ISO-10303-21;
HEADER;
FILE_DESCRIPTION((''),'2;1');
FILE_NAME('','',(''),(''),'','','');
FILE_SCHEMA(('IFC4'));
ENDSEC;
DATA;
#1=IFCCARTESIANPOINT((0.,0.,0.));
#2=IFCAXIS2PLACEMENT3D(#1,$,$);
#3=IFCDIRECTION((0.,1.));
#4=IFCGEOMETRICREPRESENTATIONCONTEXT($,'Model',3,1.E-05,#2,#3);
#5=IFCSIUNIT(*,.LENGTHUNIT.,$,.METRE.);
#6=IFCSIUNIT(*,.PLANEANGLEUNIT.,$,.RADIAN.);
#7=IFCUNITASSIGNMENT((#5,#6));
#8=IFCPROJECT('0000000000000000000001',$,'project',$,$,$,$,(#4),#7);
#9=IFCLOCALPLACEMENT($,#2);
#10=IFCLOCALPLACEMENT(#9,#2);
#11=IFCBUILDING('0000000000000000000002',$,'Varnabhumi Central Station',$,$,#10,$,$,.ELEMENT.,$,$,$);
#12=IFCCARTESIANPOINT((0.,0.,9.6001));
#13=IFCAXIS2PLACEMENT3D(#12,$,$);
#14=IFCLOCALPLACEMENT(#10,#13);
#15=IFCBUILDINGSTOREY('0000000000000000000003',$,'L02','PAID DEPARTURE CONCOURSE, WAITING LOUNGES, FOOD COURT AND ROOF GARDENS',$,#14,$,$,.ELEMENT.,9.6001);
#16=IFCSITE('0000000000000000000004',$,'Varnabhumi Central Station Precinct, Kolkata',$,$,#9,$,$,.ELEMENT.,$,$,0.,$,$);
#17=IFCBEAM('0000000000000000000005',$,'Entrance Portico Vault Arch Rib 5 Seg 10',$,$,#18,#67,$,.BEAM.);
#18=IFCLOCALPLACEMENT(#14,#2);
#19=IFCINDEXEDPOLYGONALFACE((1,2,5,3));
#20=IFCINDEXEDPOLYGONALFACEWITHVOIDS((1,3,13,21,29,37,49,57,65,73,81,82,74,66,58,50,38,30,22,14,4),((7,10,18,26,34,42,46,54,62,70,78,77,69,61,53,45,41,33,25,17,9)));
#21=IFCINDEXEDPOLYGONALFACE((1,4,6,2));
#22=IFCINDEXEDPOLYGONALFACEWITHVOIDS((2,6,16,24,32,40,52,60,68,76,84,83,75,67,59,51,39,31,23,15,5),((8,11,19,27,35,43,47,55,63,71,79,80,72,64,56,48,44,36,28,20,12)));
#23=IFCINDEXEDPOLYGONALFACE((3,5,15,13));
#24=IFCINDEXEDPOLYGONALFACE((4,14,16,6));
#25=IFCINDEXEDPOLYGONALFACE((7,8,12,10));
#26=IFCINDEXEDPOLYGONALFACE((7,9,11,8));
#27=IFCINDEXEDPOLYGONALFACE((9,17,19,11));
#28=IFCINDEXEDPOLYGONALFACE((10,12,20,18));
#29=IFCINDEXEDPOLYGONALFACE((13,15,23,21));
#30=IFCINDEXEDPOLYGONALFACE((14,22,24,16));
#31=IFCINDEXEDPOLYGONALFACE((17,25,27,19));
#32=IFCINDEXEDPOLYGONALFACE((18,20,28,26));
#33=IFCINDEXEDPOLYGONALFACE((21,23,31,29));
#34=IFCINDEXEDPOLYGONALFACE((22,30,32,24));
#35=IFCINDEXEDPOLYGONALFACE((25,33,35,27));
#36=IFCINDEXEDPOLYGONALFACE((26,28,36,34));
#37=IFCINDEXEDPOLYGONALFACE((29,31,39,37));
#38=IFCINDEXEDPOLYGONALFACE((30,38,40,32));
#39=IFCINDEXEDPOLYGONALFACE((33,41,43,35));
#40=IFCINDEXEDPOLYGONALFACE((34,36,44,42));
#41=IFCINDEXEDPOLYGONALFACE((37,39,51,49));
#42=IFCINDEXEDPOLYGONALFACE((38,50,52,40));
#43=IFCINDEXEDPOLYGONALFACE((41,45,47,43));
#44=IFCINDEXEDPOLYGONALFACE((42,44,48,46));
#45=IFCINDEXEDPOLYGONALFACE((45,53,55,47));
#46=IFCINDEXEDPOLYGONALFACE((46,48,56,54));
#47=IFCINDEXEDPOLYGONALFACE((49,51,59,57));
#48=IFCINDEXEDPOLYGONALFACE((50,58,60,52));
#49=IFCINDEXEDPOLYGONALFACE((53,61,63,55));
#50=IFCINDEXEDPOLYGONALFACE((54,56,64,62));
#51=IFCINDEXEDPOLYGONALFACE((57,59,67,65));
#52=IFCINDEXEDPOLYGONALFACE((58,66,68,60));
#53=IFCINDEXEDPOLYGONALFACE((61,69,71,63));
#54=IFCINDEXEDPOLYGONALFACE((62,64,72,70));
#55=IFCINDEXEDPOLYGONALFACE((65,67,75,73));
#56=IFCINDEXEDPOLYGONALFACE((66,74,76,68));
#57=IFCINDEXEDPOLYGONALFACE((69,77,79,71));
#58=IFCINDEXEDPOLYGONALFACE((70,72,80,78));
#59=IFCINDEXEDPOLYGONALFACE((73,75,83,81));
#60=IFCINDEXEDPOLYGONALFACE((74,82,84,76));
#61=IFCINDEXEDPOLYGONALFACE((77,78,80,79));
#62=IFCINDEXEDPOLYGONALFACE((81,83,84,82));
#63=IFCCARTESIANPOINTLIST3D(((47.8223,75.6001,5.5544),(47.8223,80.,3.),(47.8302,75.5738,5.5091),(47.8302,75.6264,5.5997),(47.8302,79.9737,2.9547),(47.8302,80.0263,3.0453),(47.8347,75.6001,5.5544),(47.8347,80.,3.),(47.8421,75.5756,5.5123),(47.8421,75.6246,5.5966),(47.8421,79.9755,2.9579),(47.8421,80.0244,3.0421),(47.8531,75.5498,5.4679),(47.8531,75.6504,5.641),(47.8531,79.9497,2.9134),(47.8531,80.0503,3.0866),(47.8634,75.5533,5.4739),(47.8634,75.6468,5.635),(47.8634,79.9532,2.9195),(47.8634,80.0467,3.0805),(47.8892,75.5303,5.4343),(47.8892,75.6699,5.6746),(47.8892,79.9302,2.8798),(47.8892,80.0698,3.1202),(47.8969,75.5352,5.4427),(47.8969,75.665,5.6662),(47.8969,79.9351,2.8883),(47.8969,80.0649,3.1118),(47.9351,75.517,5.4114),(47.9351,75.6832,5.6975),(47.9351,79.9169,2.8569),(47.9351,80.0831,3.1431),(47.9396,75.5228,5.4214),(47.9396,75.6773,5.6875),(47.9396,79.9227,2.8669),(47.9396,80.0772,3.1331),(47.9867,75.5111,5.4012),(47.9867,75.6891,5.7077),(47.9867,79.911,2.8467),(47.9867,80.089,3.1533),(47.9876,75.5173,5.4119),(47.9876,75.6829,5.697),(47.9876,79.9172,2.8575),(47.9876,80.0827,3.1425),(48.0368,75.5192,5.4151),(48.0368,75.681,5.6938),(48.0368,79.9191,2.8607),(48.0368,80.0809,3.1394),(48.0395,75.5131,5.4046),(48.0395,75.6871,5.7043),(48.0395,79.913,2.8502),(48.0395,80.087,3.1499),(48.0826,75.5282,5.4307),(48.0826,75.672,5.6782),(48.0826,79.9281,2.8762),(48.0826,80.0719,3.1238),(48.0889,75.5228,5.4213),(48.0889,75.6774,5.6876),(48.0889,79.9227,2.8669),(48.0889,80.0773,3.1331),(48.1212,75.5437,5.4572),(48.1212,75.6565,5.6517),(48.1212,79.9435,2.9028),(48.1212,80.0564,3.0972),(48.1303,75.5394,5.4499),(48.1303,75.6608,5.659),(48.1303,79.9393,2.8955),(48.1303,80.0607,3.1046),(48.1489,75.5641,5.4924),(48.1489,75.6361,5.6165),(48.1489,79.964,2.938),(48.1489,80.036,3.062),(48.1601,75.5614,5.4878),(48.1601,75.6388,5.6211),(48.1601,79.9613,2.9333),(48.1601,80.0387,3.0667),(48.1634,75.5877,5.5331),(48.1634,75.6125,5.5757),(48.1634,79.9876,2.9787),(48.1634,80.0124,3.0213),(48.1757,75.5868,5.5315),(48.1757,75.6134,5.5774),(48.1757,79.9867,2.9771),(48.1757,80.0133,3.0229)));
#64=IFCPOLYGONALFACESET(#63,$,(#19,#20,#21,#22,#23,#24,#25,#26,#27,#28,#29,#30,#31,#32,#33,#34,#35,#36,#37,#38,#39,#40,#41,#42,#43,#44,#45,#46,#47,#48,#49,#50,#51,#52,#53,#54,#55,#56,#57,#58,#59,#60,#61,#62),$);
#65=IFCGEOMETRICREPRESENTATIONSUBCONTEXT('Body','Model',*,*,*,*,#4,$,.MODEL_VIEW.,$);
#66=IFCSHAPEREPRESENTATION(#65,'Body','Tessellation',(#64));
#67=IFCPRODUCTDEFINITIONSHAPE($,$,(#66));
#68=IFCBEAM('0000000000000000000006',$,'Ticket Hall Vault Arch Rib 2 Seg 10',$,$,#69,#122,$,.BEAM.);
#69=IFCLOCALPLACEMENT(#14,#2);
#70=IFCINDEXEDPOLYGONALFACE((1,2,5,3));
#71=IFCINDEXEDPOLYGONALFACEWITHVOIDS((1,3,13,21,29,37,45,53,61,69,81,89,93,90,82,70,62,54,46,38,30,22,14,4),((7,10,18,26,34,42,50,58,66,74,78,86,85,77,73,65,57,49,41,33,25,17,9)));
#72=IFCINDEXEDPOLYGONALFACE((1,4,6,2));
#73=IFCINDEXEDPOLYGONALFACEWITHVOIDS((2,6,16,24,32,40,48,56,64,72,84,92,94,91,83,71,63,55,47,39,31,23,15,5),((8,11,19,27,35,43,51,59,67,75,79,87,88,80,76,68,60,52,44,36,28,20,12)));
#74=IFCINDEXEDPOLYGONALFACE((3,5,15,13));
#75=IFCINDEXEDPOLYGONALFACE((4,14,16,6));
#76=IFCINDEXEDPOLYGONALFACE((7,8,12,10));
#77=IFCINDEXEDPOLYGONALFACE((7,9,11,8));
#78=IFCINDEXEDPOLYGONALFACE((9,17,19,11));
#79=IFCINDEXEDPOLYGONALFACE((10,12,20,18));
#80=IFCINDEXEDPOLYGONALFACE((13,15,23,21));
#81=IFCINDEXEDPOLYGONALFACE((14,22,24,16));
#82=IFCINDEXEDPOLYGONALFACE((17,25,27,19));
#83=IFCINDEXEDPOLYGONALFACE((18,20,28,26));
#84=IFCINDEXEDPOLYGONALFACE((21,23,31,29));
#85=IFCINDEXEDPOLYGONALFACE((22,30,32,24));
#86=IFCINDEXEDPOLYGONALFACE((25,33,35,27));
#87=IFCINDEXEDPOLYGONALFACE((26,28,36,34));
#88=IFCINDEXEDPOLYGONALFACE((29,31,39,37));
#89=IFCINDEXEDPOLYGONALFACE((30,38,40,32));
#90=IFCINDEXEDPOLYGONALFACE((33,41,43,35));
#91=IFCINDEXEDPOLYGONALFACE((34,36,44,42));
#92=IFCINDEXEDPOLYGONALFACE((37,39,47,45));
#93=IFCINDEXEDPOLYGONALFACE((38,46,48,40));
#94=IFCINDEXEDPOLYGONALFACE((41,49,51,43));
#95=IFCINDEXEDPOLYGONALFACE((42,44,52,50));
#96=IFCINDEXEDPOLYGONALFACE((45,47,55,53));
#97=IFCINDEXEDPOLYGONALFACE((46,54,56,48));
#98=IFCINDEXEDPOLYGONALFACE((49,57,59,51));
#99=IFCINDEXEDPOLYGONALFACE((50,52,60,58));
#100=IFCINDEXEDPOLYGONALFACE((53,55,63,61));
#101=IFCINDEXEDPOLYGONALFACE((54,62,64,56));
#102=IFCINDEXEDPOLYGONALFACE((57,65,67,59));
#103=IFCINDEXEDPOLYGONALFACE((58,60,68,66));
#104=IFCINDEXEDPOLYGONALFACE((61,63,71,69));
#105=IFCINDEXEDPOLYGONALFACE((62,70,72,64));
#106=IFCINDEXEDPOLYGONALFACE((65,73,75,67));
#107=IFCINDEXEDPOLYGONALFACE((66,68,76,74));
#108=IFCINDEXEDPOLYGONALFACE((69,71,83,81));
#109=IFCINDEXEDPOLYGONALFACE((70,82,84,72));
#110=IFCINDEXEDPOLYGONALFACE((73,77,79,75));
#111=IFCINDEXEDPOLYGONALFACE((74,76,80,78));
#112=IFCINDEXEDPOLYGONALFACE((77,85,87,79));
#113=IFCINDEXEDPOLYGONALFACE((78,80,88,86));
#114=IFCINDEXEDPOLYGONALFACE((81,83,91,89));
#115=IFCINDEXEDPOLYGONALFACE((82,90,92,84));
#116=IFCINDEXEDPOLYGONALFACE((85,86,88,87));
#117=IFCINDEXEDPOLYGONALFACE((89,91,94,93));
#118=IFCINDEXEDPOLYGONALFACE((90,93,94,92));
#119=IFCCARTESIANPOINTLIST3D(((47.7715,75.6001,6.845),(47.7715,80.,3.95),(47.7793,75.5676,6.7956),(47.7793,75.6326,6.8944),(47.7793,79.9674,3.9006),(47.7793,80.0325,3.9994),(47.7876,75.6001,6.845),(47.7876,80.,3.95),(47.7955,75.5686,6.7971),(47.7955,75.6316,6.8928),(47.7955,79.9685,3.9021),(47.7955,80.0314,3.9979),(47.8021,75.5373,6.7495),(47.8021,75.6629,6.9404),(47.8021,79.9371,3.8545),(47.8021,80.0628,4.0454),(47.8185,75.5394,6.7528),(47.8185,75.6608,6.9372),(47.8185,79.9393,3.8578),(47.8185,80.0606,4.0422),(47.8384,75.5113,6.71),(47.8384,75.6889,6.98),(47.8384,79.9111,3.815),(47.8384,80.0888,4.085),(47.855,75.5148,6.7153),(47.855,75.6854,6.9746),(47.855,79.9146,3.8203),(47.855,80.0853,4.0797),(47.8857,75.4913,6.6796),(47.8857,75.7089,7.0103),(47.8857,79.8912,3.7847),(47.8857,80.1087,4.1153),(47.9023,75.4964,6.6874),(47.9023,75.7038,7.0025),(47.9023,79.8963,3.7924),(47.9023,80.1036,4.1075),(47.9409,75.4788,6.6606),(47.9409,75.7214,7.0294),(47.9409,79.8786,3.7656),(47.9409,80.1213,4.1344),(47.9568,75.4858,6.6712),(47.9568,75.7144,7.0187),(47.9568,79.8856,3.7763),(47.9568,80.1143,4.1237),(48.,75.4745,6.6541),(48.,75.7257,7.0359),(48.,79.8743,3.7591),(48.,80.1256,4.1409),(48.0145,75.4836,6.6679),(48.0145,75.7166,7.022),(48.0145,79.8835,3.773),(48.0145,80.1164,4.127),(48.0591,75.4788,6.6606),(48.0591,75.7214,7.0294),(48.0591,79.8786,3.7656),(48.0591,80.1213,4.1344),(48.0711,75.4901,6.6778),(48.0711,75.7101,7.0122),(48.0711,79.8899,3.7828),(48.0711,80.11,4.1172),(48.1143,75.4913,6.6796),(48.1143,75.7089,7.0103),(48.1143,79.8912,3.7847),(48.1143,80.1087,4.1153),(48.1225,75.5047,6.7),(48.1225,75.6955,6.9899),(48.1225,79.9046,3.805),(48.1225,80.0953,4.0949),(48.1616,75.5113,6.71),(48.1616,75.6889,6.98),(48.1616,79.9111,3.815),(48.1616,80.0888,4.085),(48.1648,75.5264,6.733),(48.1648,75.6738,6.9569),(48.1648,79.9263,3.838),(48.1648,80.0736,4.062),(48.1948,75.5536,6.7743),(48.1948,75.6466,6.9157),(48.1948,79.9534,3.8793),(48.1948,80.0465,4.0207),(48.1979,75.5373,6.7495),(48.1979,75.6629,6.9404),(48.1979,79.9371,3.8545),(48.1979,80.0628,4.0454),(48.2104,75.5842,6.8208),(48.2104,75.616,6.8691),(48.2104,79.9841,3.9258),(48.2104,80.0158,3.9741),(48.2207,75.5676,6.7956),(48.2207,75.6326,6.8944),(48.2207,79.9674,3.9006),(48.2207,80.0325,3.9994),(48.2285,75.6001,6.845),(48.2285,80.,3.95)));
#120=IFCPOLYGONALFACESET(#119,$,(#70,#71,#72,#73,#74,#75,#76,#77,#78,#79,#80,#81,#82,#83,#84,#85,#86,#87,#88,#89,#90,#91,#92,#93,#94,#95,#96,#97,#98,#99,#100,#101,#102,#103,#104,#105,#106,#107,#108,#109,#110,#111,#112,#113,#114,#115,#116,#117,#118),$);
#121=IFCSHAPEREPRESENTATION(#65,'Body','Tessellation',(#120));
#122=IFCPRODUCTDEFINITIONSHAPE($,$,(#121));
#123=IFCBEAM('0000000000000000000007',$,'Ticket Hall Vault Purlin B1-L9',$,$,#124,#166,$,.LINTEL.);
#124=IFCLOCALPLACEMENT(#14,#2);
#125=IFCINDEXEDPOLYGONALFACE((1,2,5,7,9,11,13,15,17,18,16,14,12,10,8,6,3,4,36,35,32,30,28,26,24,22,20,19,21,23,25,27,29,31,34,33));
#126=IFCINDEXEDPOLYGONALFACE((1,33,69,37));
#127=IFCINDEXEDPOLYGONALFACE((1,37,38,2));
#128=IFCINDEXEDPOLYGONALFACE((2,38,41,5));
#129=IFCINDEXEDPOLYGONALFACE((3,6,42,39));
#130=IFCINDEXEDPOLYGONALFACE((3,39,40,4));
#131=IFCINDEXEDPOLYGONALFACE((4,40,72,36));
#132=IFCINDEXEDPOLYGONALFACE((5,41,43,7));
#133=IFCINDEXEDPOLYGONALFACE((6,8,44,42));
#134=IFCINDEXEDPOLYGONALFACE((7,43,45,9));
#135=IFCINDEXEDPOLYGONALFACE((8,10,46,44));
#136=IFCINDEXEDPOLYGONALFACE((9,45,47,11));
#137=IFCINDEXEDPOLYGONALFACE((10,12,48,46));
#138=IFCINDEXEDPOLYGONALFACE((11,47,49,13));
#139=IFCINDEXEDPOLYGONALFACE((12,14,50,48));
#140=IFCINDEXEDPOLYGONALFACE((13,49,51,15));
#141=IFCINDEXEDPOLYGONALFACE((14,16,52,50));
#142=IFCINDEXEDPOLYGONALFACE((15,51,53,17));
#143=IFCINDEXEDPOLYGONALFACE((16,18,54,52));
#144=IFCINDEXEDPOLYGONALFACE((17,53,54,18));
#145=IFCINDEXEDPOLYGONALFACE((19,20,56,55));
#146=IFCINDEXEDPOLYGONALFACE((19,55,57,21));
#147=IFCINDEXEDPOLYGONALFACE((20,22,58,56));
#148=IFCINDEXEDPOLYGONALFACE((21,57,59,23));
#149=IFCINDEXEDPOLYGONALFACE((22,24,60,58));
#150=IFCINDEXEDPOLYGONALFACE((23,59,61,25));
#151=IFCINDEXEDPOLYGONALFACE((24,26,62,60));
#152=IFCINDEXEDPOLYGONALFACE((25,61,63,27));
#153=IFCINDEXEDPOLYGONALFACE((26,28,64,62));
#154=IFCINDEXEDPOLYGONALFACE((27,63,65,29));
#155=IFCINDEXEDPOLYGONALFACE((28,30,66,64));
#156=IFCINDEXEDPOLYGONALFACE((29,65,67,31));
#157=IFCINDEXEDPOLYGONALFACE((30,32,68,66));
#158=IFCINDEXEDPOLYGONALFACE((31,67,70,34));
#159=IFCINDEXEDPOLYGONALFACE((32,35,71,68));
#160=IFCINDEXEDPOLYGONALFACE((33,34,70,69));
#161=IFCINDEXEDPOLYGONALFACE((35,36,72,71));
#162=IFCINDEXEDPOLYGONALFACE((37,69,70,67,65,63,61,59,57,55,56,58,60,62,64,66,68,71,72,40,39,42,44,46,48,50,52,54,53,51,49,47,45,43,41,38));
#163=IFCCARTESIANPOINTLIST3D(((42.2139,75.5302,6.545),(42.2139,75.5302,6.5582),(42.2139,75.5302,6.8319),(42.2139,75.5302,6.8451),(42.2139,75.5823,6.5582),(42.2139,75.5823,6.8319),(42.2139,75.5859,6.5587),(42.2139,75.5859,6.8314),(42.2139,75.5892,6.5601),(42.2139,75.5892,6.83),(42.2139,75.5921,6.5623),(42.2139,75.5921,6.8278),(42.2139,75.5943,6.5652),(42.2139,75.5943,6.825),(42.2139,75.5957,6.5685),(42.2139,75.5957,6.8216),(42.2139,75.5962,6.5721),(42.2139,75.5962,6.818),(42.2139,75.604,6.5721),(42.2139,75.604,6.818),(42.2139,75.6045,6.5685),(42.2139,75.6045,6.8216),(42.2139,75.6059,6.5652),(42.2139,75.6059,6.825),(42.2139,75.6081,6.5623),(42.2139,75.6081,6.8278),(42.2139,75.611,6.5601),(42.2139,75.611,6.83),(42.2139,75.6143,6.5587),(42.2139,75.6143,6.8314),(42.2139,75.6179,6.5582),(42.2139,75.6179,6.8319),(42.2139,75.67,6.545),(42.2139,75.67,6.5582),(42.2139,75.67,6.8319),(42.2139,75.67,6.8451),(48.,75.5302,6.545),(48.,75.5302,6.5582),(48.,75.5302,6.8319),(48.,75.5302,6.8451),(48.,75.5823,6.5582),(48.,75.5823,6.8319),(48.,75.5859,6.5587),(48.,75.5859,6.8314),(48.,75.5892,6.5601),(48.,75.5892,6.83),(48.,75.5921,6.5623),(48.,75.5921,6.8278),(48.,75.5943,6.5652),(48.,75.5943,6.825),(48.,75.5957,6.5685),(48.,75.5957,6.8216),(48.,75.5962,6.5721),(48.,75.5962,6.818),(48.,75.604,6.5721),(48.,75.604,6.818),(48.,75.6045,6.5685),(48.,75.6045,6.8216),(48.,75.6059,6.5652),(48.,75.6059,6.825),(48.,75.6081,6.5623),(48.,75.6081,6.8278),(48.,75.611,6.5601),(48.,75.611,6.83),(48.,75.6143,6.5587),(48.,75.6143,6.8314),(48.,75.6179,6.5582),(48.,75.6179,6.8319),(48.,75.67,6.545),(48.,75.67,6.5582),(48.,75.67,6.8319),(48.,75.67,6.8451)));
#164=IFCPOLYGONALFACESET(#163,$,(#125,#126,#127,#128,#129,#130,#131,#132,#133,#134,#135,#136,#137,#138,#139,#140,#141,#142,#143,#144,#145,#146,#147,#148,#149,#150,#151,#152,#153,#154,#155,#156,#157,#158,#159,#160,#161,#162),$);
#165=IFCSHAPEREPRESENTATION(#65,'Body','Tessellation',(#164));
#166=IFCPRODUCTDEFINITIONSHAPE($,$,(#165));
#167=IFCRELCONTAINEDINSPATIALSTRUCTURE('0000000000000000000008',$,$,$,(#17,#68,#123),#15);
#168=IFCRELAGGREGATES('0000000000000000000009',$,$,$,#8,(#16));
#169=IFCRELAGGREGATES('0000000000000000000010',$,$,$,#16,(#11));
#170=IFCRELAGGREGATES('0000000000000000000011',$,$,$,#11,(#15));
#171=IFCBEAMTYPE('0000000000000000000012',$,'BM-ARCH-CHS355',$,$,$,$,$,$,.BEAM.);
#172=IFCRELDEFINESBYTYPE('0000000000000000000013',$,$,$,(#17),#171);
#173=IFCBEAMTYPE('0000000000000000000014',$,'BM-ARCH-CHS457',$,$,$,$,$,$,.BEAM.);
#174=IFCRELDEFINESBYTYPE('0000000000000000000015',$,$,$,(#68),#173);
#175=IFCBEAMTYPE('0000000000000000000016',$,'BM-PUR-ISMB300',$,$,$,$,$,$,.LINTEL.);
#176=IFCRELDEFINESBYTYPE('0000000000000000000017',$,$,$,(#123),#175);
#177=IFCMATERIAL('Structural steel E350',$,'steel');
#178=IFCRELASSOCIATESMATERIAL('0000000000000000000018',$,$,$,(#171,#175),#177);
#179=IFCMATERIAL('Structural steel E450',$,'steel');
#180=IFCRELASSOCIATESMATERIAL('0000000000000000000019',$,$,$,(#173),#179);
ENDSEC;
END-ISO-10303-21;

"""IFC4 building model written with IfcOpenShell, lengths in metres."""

from ifc_helpers import new_model, si_unit, direction, frame, origin, origin_2d, place, context, subcontext, project, spatial, hollow_circle, i_section, extrude, material, material_profile, profile_set, type_object, element, save


model = new_model("IFC4")

# Units and contexts
model_context = context("Model", 3, precision=1e-05, world=origin(), true_north=direction((0.0, 1.0)))
body_context = subcontext(model_context, "Body", "Model", "MODEL_VIEW")
ifc_project = project(units=[si_unit("LENGTHUNIT", "METRE"), si_unit("PLANEANGLEUNIT", "RADIAN")], contexts=[model_context])

# Site, building, storey
site_placement = place(None, origin())
site = spatial("IfcSite", under=ifc_project, at=site_placement, Name="Varnabhumi Central Station Precinct, Kolkata", CompositionType="ELEMENT", RefElevation=0.0)
building_placement = place(site_placement, origin())
building = spatial("IfcBuilding", under=site, at=building_placement, Name="Varnabhumi Central Station", CompositionType="ELEMENT")
storey_placement = place(building_placement, frame((0.0, 0.0, 9.6001)))
storey = spatial("IfcBuildingStorey", under=building, at=storey_placement, Name="L02", Description="PAID DEPARTURE CONCOURSE, WAITING LOUNGES, FOOD COURT AND ROOF GARDENS", CompositionType="ELEMENT", Elevation=9.6001)

# Beams
ifc_material_1 = material(Name="Structural steel E350", Category="steel")
ifc_material_profile_1 = material_profile(ifc_material_1, hollow_circle(Radius=0.1777, WallThickness=0.0125, at=origin_2d()), Name="Structural steel E350", Category="steel")
ifc_profile_set_1 = profile_set([ifc_material_profile_1], Name="Structural steel E350")
beam_type_1 = type_object("IfcBeamType", Name="BM-ARCH-CHS355", PredefinedType="BEAM", material=ifc_profile_set_1)
beam_1_placement = place(storey_placement, frame((48.0, 75.6001, 5.5544), z_axis=(0.0, 0.864818, -0.502086), x_axis=(-1.0, 0.0, 0.0)))
element("IfcBeam", 1, at=beam_1_placement, inside=storey, type_object=beam_type_1, Name="Entrance Portico Vault Arch Rib 5 Seg 10", PredefinedType="BEAM", context=body_context, shape_type="SweptSolid", body=[
    extrude(hollow_circle(Radius=0.1777, WallThickness=0.0125, at=origin_2d()), origin(), (0.0, 0.0, 1.0), 5.0876),
])
ifc_material_2 = material(Name="Structural steel E450", Category="steel")
ifc_material_profile_2 = material_profile(ifc_material_2, hollow_circle(Radius=0.2285, WallThickness=0.0161, at=origin_2d()), Name="Structural steel E450", Category="steel")
ifc_profile_set_2 = profile_set([ifc_material_profile_2], Name="Structural steel E450")
beam_type_2 = type_object("IfcBeamType", Name="BM-ARCH-CHS457", PredefinedType="BEAM", material=ifc_profile_set_2)
beam_2_placement = place(storey_placement, frame((48.0, 75.6001, 6.845), z_axis=(0.0, 0.835387, -0.549662), x_axis=(-1.0, 0.0, 0.0)))
element("IfcBeam", 2, at=beam_2_placement, inside=storey, type_object=beam_type_2, Name="Ticket Hall Vault Arch Rib 2 Seg 10", PredefinedType="BEAM", context=body_context, shape_type="SweptSolid", body=[
    extrude(hollow_circle(Radius=0.2285, WallThickness=0.0161, at=origin_2d()), origin(), (0.0, 0.0, 1.0), 5.2668),
])
ifc_material_profile_3 = material_profile(ifc_material_1, i_section(OverallWidth=0.1399, OverallDepth=0.3, WebThickness=0.0078, FlangeThickness=0.0132, FilletRadius=0.0139, at=origin_2d()), Name="Structural steel E350", Category="steel")
ifc_profile_set_3 = profile_set([ifc_material_profile_3], Name="Structural steel E350")
beam_type_3 = type_object("IfcBeamType", Name="BM-PUR-ISMB300", PredefinedType="LINTEL", material=ifc_profile_set_3)
beam_3_placement = place(storey_placement, frame((42.2139, 75.6001, 6.6951), z_axis=(1.0, 0.0, 0.0), x_axis=(0.0, 1.0, 0.0)))
element("IfcBeam", 3, at=beam_3_placement, inside=storey, type_object=beam_type_3, Name="Ticket Hall Vault Purlin B1-L9", PredefinedType="LINTEL", context=body_context, shape_type="SweptSolid", body=[
    extrude(i_section(OverallWidth=0.1399, OverallDepth=0.3, WebThickness=0.0078, FlangeThickness=0.0132, FilletRadius=0.0139, at=origin_2d()), origin(), (0.0, 0.0, 1.0), 5.7861),
])

save(model, "model.ifc")
